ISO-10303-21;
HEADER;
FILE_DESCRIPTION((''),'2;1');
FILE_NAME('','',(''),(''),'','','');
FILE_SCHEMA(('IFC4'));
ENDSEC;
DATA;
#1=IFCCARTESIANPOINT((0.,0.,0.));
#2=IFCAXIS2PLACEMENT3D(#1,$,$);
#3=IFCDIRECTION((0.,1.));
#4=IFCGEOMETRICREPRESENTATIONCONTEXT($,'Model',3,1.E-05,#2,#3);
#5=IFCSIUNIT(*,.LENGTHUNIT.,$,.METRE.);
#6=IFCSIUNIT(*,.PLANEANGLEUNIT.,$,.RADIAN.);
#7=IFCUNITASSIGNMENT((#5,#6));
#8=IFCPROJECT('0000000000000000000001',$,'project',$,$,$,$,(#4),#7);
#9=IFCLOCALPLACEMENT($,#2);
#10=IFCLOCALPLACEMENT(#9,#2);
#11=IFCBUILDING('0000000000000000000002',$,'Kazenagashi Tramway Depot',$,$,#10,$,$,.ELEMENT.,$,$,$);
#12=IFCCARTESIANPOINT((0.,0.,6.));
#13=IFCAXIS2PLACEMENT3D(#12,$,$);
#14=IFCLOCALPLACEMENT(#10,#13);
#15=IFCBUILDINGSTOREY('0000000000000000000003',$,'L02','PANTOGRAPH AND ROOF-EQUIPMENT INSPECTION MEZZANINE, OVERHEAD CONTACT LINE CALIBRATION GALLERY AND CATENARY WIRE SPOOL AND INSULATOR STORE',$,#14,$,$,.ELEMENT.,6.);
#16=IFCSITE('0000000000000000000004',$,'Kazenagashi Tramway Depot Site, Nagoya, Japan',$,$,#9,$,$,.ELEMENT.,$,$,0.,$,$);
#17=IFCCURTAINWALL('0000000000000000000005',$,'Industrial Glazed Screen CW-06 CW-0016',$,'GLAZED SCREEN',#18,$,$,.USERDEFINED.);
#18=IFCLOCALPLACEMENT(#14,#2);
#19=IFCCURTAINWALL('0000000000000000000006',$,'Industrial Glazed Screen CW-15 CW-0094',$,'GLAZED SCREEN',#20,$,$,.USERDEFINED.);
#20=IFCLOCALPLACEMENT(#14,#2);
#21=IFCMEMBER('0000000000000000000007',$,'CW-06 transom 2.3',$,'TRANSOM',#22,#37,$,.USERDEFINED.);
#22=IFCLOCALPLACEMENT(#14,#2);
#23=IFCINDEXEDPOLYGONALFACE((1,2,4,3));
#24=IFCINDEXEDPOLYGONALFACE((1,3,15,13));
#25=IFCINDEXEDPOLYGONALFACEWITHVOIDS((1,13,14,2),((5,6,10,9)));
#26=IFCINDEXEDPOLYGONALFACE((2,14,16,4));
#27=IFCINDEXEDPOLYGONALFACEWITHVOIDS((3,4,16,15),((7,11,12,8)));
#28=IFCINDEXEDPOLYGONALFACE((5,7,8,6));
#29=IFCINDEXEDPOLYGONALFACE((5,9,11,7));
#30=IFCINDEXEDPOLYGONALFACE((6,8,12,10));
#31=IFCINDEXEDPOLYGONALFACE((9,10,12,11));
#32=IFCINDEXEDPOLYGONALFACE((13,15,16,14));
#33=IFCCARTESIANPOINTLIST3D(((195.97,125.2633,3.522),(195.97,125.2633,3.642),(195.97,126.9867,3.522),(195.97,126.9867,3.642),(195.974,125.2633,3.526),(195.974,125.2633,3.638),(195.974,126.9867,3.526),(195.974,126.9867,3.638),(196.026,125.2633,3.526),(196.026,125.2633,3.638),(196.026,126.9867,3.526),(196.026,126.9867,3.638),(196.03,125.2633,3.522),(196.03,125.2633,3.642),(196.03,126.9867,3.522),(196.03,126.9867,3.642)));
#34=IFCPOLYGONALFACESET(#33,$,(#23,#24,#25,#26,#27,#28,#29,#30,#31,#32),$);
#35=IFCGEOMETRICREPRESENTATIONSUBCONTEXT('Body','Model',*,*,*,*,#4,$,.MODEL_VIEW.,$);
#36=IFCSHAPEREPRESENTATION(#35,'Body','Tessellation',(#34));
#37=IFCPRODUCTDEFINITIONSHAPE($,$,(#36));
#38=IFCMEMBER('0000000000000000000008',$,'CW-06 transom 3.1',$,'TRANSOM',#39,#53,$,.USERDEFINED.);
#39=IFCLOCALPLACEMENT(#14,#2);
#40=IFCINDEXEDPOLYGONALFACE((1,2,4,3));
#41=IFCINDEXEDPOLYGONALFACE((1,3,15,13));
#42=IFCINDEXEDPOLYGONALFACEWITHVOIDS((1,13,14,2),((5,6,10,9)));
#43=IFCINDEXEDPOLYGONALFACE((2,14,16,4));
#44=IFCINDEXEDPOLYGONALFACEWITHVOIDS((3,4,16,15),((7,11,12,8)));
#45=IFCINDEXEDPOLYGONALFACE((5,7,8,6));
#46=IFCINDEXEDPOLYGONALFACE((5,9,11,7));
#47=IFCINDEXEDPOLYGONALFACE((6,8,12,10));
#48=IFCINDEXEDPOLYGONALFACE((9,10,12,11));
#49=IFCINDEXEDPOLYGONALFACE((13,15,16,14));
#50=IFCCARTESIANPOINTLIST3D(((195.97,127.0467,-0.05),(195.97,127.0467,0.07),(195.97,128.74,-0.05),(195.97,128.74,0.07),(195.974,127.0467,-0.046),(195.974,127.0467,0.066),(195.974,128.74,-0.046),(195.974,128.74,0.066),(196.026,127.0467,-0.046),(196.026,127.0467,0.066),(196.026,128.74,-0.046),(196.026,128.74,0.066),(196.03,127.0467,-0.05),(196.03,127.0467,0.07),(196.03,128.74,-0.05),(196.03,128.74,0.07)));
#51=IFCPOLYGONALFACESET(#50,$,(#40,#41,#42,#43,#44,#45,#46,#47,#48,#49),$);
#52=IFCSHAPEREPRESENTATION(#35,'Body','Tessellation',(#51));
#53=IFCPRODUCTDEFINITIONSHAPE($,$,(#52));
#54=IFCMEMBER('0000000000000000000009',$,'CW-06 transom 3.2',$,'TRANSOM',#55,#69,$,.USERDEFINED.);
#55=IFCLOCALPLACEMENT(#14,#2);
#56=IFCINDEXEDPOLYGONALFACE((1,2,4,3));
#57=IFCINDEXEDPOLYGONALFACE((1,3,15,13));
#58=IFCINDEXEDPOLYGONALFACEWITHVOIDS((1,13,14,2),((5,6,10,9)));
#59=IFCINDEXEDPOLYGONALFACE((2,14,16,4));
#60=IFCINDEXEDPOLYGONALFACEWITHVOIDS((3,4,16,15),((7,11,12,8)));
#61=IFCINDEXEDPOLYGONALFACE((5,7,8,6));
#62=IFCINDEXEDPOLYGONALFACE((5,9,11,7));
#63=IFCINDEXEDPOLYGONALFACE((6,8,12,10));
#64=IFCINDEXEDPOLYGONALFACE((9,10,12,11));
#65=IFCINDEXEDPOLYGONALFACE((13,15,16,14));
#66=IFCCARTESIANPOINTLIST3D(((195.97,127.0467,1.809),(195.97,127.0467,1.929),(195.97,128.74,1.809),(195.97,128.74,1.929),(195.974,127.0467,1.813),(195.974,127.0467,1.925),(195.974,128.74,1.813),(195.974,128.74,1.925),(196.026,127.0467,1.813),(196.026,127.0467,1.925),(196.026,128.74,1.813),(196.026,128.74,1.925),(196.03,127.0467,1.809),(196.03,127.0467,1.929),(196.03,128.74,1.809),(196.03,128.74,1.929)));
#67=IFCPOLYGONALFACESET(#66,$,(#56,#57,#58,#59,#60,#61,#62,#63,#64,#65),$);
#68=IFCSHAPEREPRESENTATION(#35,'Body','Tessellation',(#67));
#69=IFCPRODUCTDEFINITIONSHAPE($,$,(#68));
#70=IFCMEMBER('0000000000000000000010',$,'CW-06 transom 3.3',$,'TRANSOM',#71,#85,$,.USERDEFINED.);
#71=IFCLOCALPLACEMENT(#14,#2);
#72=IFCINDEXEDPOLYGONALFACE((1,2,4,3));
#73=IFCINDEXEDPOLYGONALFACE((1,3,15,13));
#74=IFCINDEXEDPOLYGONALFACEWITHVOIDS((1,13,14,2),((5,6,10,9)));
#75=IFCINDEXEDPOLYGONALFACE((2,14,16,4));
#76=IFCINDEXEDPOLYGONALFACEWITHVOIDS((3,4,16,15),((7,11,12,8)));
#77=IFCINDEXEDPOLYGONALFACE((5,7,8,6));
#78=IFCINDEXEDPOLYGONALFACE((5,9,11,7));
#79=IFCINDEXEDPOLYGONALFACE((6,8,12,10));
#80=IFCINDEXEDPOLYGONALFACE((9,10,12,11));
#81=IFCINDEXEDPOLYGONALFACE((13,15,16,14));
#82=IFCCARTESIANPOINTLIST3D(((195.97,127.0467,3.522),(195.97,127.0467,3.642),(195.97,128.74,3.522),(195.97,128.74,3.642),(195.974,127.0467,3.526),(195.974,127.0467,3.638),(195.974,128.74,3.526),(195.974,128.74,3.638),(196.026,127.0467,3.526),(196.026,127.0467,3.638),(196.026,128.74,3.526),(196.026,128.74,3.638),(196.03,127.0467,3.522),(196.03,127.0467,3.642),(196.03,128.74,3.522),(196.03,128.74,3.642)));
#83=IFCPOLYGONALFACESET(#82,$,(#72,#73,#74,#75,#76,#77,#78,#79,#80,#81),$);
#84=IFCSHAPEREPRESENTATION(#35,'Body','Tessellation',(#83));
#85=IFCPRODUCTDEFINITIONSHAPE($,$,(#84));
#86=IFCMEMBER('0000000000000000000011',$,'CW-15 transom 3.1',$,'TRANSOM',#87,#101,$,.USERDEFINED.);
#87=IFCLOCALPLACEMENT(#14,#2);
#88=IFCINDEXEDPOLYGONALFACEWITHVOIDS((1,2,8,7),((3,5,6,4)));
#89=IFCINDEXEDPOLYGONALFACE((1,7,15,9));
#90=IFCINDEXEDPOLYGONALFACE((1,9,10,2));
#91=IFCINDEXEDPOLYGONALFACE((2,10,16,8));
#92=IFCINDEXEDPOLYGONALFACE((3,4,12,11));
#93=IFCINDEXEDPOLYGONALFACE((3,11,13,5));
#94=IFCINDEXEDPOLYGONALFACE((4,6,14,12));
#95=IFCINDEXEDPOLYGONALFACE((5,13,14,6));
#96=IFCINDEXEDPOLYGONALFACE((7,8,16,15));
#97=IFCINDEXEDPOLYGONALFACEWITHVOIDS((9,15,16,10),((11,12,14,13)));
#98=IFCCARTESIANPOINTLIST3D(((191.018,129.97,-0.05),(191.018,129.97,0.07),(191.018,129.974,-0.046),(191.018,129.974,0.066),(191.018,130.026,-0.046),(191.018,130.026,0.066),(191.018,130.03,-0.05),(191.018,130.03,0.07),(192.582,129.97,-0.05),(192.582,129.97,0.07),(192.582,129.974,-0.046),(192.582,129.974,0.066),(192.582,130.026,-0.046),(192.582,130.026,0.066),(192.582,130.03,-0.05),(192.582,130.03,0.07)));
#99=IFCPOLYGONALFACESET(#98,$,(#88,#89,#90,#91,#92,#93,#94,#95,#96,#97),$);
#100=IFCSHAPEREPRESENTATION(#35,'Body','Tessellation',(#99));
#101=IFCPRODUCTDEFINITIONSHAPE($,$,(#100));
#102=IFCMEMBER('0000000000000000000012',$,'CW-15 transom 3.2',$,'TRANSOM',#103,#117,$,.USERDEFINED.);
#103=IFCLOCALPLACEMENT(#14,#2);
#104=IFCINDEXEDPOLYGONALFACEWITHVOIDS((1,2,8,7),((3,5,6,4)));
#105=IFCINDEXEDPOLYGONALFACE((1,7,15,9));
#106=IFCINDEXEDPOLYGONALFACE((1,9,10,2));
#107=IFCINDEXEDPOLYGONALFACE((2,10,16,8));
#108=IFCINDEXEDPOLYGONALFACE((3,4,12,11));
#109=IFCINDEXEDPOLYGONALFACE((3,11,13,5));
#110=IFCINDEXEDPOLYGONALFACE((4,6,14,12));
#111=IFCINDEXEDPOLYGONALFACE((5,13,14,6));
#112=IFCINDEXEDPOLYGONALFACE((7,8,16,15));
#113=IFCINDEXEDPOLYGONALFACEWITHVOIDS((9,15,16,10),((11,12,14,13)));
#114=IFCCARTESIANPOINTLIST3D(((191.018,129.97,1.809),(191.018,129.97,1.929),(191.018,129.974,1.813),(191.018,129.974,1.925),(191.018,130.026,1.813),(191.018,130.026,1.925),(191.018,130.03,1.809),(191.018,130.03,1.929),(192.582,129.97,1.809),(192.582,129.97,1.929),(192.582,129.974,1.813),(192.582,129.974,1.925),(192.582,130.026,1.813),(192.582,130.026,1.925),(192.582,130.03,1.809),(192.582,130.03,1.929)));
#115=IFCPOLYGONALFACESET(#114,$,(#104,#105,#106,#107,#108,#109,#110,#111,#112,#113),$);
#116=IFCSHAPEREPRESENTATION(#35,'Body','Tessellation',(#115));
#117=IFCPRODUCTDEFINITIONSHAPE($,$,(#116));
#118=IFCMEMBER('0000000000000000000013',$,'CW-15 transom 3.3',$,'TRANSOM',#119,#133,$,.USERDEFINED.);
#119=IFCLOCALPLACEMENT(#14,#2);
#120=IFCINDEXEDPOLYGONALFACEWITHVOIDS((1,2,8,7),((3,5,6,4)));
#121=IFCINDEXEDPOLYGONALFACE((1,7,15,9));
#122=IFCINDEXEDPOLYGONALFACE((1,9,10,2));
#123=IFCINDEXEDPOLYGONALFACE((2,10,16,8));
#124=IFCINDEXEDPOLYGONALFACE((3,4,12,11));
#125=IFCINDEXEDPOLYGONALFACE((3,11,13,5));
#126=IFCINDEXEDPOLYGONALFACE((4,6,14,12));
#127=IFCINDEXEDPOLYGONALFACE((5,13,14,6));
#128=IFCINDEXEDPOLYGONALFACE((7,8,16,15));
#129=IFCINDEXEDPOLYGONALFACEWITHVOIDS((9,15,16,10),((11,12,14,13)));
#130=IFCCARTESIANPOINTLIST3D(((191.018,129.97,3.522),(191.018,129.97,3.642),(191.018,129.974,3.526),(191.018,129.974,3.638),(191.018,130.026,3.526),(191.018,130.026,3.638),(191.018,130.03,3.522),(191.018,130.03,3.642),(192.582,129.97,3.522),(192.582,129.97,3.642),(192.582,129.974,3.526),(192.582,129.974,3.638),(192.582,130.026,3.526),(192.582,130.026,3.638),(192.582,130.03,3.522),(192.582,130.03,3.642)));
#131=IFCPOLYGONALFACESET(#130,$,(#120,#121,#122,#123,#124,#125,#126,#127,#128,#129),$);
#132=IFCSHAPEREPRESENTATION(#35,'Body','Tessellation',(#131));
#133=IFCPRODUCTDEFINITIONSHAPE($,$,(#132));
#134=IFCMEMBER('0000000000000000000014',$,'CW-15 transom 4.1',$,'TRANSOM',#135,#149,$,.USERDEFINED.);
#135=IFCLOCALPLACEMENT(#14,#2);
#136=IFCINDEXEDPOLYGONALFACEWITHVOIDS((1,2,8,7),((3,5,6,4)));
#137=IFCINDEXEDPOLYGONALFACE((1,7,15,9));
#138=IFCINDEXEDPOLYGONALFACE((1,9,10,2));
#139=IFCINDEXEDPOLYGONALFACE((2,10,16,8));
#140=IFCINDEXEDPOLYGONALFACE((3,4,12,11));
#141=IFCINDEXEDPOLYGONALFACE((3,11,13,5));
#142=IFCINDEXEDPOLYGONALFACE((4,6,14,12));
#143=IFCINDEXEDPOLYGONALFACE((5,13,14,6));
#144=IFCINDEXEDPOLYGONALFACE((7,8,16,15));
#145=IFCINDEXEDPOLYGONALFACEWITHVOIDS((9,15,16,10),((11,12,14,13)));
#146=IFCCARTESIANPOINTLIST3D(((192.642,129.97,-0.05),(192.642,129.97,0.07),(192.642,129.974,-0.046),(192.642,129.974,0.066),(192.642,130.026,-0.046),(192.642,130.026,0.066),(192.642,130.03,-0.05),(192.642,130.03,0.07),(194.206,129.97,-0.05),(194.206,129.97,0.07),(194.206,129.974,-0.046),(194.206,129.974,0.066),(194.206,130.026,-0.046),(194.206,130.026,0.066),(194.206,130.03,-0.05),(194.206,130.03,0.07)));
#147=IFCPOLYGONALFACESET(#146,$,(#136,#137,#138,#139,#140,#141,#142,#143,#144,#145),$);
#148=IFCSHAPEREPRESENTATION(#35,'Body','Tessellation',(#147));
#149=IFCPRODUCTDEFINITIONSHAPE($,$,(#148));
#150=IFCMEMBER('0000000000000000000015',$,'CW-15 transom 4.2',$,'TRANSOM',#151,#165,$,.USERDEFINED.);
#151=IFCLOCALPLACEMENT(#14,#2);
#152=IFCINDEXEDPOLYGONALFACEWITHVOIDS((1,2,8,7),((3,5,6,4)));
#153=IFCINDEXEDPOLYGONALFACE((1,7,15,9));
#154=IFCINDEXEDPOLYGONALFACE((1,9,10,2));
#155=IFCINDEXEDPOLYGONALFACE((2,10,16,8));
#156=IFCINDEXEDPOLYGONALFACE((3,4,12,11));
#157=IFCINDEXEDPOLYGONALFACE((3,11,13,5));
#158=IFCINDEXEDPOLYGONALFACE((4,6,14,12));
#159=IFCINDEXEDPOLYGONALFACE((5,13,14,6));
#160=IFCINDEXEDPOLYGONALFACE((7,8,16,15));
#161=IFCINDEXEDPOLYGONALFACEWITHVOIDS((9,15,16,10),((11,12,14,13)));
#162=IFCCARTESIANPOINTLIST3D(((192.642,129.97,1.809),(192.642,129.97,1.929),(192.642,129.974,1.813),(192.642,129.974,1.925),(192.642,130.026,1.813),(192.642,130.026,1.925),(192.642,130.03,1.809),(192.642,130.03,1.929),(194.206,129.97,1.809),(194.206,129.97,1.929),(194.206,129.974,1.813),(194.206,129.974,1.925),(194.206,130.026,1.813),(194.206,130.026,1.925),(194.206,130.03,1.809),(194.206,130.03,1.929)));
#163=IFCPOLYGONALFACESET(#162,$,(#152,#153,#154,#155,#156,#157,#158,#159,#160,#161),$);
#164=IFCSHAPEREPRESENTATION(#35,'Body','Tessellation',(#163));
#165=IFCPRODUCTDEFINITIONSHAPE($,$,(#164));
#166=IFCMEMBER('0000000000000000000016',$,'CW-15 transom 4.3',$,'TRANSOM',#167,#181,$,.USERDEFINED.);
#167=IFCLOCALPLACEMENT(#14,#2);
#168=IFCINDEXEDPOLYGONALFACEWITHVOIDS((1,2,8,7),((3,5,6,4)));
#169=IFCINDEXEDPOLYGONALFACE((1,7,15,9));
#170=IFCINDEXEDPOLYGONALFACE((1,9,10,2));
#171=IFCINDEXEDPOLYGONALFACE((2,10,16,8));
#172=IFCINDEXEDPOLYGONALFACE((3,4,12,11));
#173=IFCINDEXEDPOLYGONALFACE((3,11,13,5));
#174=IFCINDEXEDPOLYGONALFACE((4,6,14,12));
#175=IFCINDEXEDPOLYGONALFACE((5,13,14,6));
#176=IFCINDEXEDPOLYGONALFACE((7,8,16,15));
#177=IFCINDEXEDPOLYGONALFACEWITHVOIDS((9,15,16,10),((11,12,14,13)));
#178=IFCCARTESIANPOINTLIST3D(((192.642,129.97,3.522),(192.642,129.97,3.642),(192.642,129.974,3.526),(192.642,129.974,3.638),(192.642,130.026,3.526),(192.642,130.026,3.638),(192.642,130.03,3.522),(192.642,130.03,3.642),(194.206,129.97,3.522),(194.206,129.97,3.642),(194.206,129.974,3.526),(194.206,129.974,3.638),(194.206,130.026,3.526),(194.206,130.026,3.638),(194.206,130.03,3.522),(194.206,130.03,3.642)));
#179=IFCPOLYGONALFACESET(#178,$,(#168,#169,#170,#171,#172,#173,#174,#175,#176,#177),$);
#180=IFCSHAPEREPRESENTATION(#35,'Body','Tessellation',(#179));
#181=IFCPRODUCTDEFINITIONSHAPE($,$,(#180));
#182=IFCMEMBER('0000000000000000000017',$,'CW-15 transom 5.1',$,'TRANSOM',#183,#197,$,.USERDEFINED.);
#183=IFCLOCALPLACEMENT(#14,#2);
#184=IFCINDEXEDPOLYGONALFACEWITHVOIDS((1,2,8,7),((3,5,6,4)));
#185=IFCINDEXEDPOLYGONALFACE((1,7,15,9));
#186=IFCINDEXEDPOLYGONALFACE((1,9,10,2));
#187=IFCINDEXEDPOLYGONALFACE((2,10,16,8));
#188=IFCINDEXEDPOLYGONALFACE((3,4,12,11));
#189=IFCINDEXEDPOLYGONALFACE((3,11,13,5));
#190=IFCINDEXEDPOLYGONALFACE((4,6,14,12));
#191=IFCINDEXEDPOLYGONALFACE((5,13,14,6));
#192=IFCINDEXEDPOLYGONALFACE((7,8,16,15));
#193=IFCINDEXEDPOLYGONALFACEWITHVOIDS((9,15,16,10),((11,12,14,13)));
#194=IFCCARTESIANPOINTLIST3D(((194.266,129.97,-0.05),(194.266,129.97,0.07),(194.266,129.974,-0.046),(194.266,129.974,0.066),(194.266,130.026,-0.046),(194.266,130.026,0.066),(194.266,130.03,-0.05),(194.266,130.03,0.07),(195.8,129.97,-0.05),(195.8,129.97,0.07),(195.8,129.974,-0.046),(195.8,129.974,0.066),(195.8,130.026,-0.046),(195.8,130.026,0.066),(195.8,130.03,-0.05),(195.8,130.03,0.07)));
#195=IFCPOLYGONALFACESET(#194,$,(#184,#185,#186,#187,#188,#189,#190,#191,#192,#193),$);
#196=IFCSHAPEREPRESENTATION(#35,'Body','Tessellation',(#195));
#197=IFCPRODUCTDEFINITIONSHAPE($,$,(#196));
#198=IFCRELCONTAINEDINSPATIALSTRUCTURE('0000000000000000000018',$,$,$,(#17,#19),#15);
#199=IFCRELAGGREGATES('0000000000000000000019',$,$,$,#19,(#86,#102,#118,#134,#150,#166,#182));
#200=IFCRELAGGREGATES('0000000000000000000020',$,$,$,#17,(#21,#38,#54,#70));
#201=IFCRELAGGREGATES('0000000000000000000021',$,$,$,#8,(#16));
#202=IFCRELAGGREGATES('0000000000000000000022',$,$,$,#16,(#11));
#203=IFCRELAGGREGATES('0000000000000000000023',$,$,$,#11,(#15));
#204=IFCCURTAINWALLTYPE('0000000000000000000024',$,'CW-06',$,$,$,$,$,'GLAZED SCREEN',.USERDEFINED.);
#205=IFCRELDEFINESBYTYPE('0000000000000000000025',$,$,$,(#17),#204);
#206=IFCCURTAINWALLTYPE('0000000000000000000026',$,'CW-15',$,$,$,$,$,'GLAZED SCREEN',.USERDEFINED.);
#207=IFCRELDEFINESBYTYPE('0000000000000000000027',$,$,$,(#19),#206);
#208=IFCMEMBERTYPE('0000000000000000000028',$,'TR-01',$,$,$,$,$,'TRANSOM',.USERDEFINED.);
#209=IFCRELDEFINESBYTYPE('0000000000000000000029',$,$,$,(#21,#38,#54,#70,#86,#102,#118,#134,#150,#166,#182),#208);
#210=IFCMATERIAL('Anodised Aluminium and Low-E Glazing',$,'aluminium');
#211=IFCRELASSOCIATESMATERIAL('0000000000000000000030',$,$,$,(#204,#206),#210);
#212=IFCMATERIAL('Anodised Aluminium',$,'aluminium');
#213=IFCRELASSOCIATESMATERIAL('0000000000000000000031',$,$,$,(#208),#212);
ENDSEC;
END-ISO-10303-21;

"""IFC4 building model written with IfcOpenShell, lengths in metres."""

from ifc_helpers import new_model, si_unit, direction, frame, origin, origin_2d, place, context, subcontext, project, spatial, hollow_rectangle, extrude, material, material_profile, profile_set, type_object, element, aggregate, save


model = new_model("IFC4")

# Units and contexts
model_context = context("Model", 3, precision=1e-05, world=origin(), true_north=direction((0.0, 1.0)))
body_context = subcontext(model_context, "Body", "Model", "MODEL_VIEW")
ifc_project = project(units=[si_unit("LENGTHUNIT", "METRE"), si_unit("PLANEANGLEUNIT", "RADIAN")], contexts=[model_context])

# Site, building, storey
site_placement = place(None, origin())
site = spatial("IfcSite", under=ifc_project, at=site_placement, Name="Kazenagashi Tramway Depot Site, Nagoya, Japan", CompositionType="ELEMENT", RefElevation=0.0)
building_placement = place(site_placement, origin())
building = spatial("IfcBuilding", under=site, at=building_placement, Name="Kazenagashi Tramway Depot", CompositionType="ELEMENT")
storey_placement = place(building_placement, frame((0.0, 0.0, 6.0)))
storey = spatial("IfcBuildingStorey", under=building, at=storey_placement, Name="L02", Description="PANTOGRAPH AND ROOF-EQUIPMENT INSPECTION MEZZANINE, OVERHEAD CONTACT LINE CALIBRATION GALLERY AND CATENARY WIRE SPOOL AND INSULATOR STORE", CompositionType="ELEMENT", Elevation=6.0)

# Curtain walls
ifc_material_1 = material(Name="Anodised Aluminium and Low-E Glazing", Category="aluminium")
curtain_wall_type_1 = type_object("IfcCurtainWallType", Name="CW-06", ElementType="GLAZED SCREEN", PredefinedType="USERDEFINED", material=ifc_material_1)
curtain_wall_1_placement = place(storey_placement, origin())
curtain_wall_1 = element("IfcCurtainWall", 1, at=curtain_wall_1_placement, inside=storey, type_object=curtain_wall_type_1, Name="Industrial Glazed Screen CW-06 CW-0016", ObjectType="GLAZED SCREEN", PredefinedType="USERDEFINED")
ifc_material_2 = material(Name="Anodised Aluminium", Category="aluminium")
curtain_wall_type_2 = type_object("IfcCurtainWallType", Name="CW-15", ElementType="GLAZED SCREEN", PredefinedType="USERDEFINED", material=ifc_material_1)
curtain_wall_2_placement = place(storey_placement, origin())
curtain_wall_2 = element("IfcCurtainWall", 2, at=curtain_wall_2_placement, inside=storey, type_object=curtain_wall_type_2, Name="Industrial Glazed Screen CW-15 CW-0094", ObjectType="GLAZED SCREEN", PredefinedType="USERDEFINED")

# Members
ifc_material_profile_1 = material_profile(ifc_material_2, hollow_rectangle(XDim=0.06, YDim=0.12, WallThickness=0.004, at=origin_2d()), Name="RHS-120x60x4")
ifc_profile_set_1 = profile_set([ifc_material_profile_1], Name="Anodised Aluminium")
member_type_1 = type_object("IfcMemberType", Name="TR-01", ElementType="TRANSOM", PredefinedType="USERDEFINED", material=ifc_profile_set_1)
member_1_placement = place(storey_placement, frame((196.0, 125.2633, 3.582), z_axis=(0.0, 1.0, 0.0), x_axis=(-1.0, 0.0, 0.0)))
member_1 = element("IfcMember", 3, at=member_1_placement, type_object=member_type_1, Name="CW-06 transom 2.3", ObjectType="TRANSOM", PredefinedType="USERDEFINED", context=body_context, shape_type="SweptSolid", body=[
    extrude(hollow_rectangle(XDim=0.06, YDim=0.12, WallThickness=0.004, at=origin_2d()), origin(), (0.0, 0.0, 1.0), 1.7233),
])
member_2_placement = place(storey_placement, frame((196.0, 127.0467, 0.01), z_axis=(0.0, 1.0, 0.0), x_axis=(-1.0, 0.0, 0.0)))
member_2 = element("IfcMember", 4, at=member_2_placement, type_object=member_type_1, Name="CW-06 transom 3.1", ObjectType="TRANSOM", PredefinedType="USERDEFINED", context=body_context, shape_type="SweptSolid", body=[
    extrude(hollow_rectangle(XDim=0.06, YDim=0.12, WallThickness=0.004, at=origin_2d()), origin(), (0.0, 0.0, 1.0), 1.6933),
])
member_3_placement = place(storey_placement, frame((196.0, 127.0467, 1.869), z_axis=(0.0, 1.0, 0.0), x_axis=(-1.0, 0.0, 0.0)))
member_3 = element("IfcMember", 5, at=member_3_placement, type_object=member_type_1, Name="CW-06 transom 3.2", ObjectType="TRANSOM", PredefinedType="USERDEFINED", context=body_context, shape_type="SweptSolid", body=[
    extrude(hollow_rectangle(XDim=0.06, YDim=0.12, WallThickness=0.004, at=origin_2d()), origin(), (0.0, 0.0, 1.0), 1.6933),
])
member_4_placement = place(storey_placement, frame((196.0, 127.0467, 3.582), z_axis=(0.0, 1.0, 0.0), x_axis=(-1.0, 0.0, 0.0)))
member_4 = element("IfcMember", 6, at=member_4_placement, type_object=member_type_1, Name="CW-06 transom 3.3", ObjectType="TRANSOM", PredefinedType="USERDEFINED", context=body_context, shape_type="SweptSolid", body=[
    extrude(hollow_rectangle(XDim=0.06, YDim=0.12, WallThickness=0.004, at=origin_2d()), origin(), (0.0, 0.0, 1.0), 1.6933),
])
member_5_placement = place(storey_placement, frame((191.018, 130.0, 0.01), z_axis=(1.0, 0.0, 0.0), x_axis=(0.0, 1.0, 0.0)))
member_5 = element("IfcMember", 7, at=member_5_placement, type_object=member_type_1, Name="CW-15 transom 3.1", ObjectType="TRANSOM", PredefinedType="USERDEFINED", context=body_context, shape_type="SweptSolid", body=[
    extrude(hollow_rectangle(XDim=0.06, YDim=0.12, WallThickness=0.004, at=origin_2d()), origin(), (0.0, 0.0, 1.0), 1.564),
])
member_6_placement = place(storey_placement, frame((191.018, 130.0, 1.869), z_axis=(1.0, 0.0, 0.0), x_axis=(0.0, 1.0, 0.0)))
member_6 = element("IfcMember", 8, at=member_6_placement, type_object=member_type_1, Name="CW-15 transom 3.2", ObjectType="TRANSOM", PredefinedType="USERDEFINED", context=body_context, shape_type="SweptSolid", body=[
    extrude(hollow_rectangle(XDim=0.06, YDim=0.12, WallThickness=0.004, at=origin_2d()), origin(), (0.0, 0.0, 1.0), 1.564),
])
member_7_placement = place(storey_placement, frame((191.018, 130.0, 3.582), z_axis=(1.0, 0.0, 0.0), x_axis=(0.0, 1.0, 0.0)))
member_7 = element("IfcMember", 9, at=member_7_placement, type_object=member_type_1, Name="CW-15 transom 3.3", ObjectType="TRANSOM", PredefinedType="USERDEFINED", context=body_context, shape_type="SweptSolid", body=[
    extrude(hollow_rectangle(XDim=0.06, YDim=0.12, WallThickness=0.004, at=origin_2d()), origin(), (0.0, 0.0, 1.0), 1.564),
])
member_8_placement = place(storey_placement, frame((192.642, 130.0, 0.01), z_axis=(1.0, 0.0, 0.0), x_axis=(0.0, 1.0, 0.0)))
member_8 = element("IfcMember", 10, at=member_8_placement, type_object=member_type_1, Name="CW-15 transom 4.1", ObjectType="TRANSOM", PredefinedType="USERDEFINED", context=body_context, shape_type="SweptSolid", body=[
    extrude(hollow_rectangle(XDim=0.06, YDim=0.12, WallThickness=0.004, at=origin_2d()), origin(), (0.0, 0.0, 1.0), 1.564),
])
member_9_placement = place(storey_placement, frame((192.642, 130.0, 1.869), z_axis=(1.0, 0.0, 0.0), x_axis=(0.0, 1.0, 0.0)))
member_9 = element("IfcMember", 11, at=member_9_placement, type_object=member_type_1, Name="CW-15 transom 4.2", ObjectType="TRANSOM", PredefinedType="USERDEFINED", context=body_context, shape_type="SweptSolid", body=[
    extrude(hollow_rectangle(XDim=0.06, YDim=0.12, WallThickness=0.004, at=origin_2d()), origin(), (0.0, 0.0, 1.0), 1.564),
])
member_10_placement = place(storey_placement, frame((192.642, 130.0, 3.582), z_axis=(1.0, 0.0, 0.0), x_axis=(0.0, 1.0, 0.0)))
member_10 = element("IfcMember", 12, at=member_10_placement, type_object=member_type_1, Name="CW-15 transom 4.3", ObjectType="TRANSOM", PredefinedType="USERDEFINED", context=body_context, shape_type="SweptSolid", body=[
    extrude(hollow_rectangle(XDim=0.06, YDim=0.12, WallThickness=0.004, at=origin_2d()), origin(), (0.0, 0.0, 1.0), 1.564),
])
member_11_placement = place(storey_placement, frame((194.266, 130.0, 0.01), z_axis=(1.0, 0.0, 0.0), x_axis=(0.0, 1.0, 0.0)))
member_11 = element("IfcMember", 13, at=member_11_placement, type_object=member_type_1, Name="CW-15 transom 5.1", ObjectType="TRANSOM", PredefinedType="USERDEFINED", context=body_context, shape_type="SweptSolid", body=[
    extrude(hollow_rectangle(XDim=0.06, YDim=0.12, WallThickness=0.004, at=origin_2d()), origin(), (0.0, 0.0, 1.0), 1.534),
])

aggregate(curtain_wall_2, [member_5, member_6, member_7, member_8, member_9, member_10, member_11])
aggregate(curtain_wall_1, [member_1, member_2, member_3, member_4])

save(model, "model.ifc")
